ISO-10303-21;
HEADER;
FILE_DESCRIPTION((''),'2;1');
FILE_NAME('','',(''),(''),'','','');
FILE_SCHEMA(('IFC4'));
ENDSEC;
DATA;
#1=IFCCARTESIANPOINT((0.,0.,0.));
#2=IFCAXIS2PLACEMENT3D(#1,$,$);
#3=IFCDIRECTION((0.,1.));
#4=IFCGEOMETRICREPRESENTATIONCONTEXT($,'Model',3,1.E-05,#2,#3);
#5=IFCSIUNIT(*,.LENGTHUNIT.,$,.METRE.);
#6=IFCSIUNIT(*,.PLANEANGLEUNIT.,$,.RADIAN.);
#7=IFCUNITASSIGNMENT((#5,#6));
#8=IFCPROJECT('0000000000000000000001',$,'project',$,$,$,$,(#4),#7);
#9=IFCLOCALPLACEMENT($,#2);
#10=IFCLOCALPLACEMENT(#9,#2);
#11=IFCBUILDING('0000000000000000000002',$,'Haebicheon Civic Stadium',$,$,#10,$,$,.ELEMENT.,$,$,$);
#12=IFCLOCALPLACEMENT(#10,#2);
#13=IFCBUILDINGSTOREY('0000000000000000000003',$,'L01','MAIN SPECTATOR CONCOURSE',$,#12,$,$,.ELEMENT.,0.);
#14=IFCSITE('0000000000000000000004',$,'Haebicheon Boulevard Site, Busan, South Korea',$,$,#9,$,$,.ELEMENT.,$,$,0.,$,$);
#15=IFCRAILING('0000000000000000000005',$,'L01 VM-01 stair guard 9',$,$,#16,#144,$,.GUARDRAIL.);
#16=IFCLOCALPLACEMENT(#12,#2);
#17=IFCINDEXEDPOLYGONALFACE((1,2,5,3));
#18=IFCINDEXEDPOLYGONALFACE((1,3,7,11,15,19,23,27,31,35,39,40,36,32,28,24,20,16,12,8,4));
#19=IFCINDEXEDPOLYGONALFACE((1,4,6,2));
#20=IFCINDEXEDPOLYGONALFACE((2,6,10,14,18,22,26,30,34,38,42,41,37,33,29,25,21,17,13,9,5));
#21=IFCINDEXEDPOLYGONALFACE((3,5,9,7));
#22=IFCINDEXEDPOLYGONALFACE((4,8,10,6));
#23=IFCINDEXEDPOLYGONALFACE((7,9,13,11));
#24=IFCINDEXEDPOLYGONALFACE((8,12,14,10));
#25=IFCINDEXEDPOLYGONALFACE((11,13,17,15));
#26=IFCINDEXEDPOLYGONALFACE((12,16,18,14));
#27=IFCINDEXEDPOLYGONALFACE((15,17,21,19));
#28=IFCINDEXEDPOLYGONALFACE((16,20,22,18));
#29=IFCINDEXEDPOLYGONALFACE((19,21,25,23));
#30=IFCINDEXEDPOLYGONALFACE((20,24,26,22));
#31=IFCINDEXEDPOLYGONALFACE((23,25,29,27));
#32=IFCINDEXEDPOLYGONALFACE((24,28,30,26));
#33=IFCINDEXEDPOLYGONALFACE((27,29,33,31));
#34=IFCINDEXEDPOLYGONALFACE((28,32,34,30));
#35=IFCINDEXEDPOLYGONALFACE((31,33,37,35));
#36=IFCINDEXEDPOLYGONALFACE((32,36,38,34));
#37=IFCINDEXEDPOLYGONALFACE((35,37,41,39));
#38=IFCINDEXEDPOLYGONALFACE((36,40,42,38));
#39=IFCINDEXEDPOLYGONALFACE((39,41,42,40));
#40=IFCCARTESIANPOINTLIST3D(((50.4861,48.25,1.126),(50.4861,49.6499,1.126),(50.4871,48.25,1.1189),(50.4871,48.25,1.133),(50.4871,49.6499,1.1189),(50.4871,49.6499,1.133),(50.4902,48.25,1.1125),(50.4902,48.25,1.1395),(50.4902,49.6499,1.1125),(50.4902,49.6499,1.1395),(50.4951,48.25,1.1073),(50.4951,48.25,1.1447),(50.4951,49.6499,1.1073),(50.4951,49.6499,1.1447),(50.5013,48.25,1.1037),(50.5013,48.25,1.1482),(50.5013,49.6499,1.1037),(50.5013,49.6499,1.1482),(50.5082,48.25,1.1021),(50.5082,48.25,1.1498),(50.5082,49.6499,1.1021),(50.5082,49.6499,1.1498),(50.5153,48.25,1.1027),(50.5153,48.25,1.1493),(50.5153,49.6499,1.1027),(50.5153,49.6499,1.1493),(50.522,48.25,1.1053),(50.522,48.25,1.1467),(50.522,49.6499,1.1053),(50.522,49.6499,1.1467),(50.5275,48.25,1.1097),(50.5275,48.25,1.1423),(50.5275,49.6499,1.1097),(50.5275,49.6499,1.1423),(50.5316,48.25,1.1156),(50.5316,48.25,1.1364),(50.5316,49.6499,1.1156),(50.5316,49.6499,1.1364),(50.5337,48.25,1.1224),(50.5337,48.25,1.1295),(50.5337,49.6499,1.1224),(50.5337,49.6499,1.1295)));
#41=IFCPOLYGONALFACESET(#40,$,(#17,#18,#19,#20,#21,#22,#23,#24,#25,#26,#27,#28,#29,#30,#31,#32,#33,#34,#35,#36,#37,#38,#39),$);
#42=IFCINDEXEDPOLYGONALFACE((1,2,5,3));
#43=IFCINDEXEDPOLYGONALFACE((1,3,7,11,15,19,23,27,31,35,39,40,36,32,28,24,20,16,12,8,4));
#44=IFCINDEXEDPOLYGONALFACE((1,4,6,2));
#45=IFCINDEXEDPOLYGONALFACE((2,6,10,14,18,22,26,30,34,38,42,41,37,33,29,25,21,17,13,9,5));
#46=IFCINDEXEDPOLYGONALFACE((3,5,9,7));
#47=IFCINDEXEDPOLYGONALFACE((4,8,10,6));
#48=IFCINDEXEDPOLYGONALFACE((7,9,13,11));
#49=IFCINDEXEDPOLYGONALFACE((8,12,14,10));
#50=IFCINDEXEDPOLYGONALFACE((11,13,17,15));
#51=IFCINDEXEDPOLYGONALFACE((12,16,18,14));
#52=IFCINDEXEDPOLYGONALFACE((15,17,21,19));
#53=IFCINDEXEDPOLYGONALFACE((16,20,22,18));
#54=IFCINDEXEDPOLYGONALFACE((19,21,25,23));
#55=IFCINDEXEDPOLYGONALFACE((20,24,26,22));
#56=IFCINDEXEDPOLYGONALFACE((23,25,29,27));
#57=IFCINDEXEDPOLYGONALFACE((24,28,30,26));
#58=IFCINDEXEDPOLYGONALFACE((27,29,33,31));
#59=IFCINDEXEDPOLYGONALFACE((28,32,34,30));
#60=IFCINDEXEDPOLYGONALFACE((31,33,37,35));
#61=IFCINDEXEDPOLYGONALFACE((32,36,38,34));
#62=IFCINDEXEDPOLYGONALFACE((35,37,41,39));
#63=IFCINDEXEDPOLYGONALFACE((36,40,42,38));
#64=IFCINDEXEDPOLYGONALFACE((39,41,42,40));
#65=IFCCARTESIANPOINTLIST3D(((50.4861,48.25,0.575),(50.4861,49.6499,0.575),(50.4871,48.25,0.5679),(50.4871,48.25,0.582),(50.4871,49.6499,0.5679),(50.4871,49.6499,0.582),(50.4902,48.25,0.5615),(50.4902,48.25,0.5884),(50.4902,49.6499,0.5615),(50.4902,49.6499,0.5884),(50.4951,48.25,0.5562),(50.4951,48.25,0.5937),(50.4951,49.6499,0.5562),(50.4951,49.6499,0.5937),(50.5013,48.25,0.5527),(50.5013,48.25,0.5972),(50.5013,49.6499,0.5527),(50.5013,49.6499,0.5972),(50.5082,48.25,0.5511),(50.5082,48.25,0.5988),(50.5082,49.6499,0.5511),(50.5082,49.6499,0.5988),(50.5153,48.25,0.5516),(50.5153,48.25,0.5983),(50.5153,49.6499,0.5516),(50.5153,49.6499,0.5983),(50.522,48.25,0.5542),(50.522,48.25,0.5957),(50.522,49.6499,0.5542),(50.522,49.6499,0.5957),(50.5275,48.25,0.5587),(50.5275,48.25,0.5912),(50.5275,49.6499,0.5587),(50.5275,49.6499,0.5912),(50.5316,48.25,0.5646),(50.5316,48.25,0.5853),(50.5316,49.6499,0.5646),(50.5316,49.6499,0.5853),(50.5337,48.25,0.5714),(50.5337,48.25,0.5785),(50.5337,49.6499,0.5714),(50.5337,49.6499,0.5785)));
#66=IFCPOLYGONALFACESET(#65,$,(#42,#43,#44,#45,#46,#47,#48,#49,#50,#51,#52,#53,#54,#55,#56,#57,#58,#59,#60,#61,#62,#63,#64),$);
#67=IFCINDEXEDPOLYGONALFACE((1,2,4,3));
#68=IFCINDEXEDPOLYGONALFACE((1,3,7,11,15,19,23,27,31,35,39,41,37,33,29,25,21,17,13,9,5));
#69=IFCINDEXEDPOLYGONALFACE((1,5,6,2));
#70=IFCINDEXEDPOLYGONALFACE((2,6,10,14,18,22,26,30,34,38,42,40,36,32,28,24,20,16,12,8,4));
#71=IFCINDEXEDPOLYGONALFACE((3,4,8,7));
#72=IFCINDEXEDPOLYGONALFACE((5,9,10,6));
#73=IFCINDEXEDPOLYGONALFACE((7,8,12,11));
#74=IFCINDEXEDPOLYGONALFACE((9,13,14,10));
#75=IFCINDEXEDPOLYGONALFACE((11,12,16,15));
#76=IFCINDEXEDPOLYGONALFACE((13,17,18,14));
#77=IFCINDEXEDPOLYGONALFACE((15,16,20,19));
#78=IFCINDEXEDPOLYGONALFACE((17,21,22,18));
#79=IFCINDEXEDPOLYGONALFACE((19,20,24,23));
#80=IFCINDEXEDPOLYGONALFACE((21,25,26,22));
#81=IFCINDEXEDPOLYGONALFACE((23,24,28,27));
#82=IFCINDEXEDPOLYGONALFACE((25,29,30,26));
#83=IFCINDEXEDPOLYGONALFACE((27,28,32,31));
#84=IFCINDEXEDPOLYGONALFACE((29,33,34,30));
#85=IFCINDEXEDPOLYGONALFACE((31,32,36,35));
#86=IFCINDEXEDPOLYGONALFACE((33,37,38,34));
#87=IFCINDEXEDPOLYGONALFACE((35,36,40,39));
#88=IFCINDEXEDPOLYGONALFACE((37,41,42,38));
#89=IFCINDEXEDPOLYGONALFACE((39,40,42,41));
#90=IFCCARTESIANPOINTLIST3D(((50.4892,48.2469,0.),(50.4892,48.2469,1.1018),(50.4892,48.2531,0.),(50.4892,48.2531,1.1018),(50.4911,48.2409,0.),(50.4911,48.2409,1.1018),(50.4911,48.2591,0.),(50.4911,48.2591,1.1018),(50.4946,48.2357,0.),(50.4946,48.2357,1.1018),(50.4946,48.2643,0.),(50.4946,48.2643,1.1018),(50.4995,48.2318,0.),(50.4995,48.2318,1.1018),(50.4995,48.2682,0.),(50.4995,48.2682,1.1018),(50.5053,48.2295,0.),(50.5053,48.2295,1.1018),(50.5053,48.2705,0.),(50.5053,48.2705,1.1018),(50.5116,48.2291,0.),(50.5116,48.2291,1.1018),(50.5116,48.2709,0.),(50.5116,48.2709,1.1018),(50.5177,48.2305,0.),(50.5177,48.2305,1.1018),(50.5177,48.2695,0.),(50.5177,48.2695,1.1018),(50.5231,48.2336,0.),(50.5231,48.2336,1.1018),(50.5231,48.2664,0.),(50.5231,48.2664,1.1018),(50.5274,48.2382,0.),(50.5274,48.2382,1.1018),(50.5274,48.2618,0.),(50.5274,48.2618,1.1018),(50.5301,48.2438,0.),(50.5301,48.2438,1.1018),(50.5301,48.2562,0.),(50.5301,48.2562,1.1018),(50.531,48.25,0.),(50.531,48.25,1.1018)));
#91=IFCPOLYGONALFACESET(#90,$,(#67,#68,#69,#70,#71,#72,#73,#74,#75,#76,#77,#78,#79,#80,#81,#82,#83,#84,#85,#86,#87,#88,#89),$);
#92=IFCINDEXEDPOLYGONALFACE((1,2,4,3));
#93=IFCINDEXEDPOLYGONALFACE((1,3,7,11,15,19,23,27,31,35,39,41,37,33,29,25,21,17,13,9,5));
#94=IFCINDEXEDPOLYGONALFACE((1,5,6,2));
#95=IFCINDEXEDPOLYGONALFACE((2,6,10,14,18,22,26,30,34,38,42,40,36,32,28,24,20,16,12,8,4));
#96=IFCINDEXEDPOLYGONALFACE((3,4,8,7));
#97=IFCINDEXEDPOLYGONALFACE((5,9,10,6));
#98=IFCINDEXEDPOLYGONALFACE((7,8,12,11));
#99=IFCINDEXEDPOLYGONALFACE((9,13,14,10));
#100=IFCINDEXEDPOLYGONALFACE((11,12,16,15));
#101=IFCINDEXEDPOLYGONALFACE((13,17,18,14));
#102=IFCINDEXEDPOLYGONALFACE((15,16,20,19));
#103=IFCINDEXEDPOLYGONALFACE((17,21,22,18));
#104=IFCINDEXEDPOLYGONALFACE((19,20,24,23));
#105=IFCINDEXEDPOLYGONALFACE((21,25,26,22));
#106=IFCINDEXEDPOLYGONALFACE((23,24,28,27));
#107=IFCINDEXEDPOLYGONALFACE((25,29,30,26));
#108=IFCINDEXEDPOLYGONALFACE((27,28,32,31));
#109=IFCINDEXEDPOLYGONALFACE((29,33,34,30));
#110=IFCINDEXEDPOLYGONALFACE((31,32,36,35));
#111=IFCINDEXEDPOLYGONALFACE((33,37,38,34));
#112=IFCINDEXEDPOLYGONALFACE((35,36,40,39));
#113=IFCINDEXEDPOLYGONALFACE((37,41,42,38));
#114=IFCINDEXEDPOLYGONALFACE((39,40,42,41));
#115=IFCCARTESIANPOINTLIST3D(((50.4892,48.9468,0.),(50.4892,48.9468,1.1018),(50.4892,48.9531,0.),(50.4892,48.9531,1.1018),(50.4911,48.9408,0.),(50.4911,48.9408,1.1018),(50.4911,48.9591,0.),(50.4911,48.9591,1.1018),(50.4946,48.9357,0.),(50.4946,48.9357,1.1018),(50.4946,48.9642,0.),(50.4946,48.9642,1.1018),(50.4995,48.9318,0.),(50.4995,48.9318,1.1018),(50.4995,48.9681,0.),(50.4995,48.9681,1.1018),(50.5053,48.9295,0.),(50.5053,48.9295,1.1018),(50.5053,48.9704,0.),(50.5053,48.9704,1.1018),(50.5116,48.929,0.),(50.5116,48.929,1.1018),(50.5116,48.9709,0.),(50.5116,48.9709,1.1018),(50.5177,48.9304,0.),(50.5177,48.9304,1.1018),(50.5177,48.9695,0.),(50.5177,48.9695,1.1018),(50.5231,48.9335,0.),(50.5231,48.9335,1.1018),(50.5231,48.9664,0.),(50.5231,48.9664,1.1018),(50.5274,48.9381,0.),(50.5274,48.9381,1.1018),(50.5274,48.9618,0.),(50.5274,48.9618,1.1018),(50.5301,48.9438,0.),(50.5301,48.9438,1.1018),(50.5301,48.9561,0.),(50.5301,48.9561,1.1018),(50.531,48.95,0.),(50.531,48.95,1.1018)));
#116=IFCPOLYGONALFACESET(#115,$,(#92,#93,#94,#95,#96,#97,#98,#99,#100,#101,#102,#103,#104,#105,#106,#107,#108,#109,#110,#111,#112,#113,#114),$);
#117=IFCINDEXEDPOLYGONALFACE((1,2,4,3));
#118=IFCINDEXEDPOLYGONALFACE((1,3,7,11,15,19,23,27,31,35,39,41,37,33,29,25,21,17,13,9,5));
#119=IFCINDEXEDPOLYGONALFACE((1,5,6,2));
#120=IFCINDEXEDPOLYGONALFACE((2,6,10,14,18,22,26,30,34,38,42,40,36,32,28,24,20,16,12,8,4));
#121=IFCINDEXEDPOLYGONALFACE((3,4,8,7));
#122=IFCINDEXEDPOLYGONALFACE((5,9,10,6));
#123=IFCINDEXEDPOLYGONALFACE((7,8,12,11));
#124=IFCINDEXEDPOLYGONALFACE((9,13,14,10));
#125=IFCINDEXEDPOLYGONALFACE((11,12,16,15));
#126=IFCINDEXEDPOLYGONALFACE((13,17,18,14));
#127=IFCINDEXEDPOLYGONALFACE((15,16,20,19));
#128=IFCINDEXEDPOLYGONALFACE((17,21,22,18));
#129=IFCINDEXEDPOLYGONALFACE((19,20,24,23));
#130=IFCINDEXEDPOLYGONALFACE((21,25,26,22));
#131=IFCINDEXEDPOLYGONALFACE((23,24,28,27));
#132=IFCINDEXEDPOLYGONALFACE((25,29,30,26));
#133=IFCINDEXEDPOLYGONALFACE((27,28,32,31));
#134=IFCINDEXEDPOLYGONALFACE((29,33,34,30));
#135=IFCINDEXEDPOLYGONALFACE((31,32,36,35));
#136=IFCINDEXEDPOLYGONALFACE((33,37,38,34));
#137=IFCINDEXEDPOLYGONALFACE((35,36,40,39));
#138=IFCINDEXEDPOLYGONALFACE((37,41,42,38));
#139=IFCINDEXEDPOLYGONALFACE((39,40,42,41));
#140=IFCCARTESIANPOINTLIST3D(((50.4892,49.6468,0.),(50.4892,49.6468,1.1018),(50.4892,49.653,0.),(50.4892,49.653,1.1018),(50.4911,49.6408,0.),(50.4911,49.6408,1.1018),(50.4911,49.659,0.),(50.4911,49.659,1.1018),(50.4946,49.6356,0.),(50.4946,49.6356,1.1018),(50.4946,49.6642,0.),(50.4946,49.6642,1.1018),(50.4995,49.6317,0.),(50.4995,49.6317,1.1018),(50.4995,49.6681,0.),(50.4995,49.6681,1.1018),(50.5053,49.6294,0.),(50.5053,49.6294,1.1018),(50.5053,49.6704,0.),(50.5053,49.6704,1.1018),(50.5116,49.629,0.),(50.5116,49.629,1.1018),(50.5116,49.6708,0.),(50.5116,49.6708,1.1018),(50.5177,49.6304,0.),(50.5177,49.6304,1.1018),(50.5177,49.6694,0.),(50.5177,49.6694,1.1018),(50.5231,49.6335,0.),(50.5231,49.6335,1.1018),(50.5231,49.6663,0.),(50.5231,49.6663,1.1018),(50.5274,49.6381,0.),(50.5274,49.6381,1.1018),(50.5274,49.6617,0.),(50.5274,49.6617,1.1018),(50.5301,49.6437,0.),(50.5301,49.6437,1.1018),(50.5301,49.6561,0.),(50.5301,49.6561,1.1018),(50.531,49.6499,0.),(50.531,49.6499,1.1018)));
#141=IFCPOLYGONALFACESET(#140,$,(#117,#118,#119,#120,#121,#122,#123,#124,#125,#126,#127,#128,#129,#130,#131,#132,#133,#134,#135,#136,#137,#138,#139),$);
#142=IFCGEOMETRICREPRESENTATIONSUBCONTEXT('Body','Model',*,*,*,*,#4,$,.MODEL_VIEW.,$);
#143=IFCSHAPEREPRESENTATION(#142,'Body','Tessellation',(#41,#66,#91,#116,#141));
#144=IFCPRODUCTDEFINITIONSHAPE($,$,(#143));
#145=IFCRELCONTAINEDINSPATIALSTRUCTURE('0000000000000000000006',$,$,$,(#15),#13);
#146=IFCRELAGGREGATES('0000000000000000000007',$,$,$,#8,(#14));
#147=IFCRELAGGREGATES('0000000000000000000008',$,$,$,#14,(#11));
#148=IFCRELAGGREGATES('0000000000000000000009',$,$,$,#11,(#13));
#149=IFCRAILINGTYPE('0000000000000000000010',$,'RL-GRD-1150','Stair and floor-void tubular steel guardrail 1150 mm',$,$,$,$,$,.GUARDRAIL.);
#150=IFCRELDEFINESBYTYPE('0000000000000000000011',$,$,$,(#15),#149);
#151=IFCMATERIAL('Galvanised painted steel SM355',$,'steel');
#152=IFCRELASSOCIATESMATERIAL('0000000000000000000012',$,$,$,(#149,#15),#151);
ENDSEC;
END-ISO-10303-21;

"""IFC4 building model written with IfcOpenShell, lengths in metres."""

from ifc_helpers import new_model, si_unit, direction, frame, origin, origin_2d, place, context, subcontext, project, spatial, circle, extrude, material, type_object, element, save


model = new_model("IFC4")

# Units and contexts
model_context = context("Model", 3, precision=1e-05, world=origin(), true_north=direction((0.0, 1.0)))
body_context = subcontext(model_context, "Body", "Model", "MODEL_VIEW")
ifc_project = project(units=[si_unit("LENGTHUNIT", "METRE"), si_unit("PLANEANGLEUNIT", "RADIAN")], contexts=[model_context])

# Site, building, storey
site_placement = place(None, origin())
site = spatial("IfcSite", under=ifc_project, at=site_placement, Name="Haebicheon Boulevard Site, Busan, South Korea", CompositionType="ELEMENT", RefElevation=0.0)
building_placement = place(site_placement, origin())
building = spatial("IfcBuilding", under=site, at=building_placement, Name="Haebicheon Civic Stadium", CompositionType="ELEMENT")
storey_placement = place(building_placement, origin())
storey = spatial("IfcBuildingStorey", under=building, at=storey_placement, Name="L01", Description="MAIN SPECTATOR CONCOURSE", CompositionType="ELEMENT", Elevation=0.0)

# Railing
ifc_material_1 = material(Name="Galvanised painted steel SM355", Category="steel")
railing_type_1 = type_object("IfcRailingType", Name="RL-GRD-1150", Description="Stair and floor-void tubular steel guardrail 1150 mm", PredefinedType="GUARDRAIL", material=ifc_material_1)
railing_1_placement = place(storey_placement, frame((50.51, 48.25, 0.0)))
element("IfcRailing", 1, at=railing_1_placement, inside=storey, type_object=railing_type_1, material=ifc_material_1, Name="L01 VM-01 stair guard 9", PredefinedType="GUARDRAIL", context=body_context, shape_type="SweptSolid", body=[
    extrude(circle(Radius=0.0239, at=origin_2d()), frame((0.0, 0.0, 1.126), z_axis=(0.0, 1.0, 0.0), x_axis=(-1.0, 0.0, 0.0)), (0.0, 0.0, 1.0), 1.3999),
    extrude(circle(Radius=0.0239, at=origin_2d()), frame((0.0, 0.0, 0.575), z_axis=(0.0, 1.0, 0.0), x_axis=(-1.0, 0.0, 0.0)), (0.0, 0.0, 1.0), 1.3999),
    extrude(circle(Radius=0.021, at=origin_2d()), origin(), (0.0, 0.0, 1.0), 1.1018),
    extrude(circle(Radius=0.021, at=origin_2d()), frame((0.0, 0.7, 0.0)), (0.0, 0.0, 1.0), 1.1018),
    extrude(circle(Radius=0.021, at=origin_2d()), frame((0.0, 1.3999, 0.0)), (0.0, 0.0, 1.0), 1.1018),
])

save(model, "model.ifc")
